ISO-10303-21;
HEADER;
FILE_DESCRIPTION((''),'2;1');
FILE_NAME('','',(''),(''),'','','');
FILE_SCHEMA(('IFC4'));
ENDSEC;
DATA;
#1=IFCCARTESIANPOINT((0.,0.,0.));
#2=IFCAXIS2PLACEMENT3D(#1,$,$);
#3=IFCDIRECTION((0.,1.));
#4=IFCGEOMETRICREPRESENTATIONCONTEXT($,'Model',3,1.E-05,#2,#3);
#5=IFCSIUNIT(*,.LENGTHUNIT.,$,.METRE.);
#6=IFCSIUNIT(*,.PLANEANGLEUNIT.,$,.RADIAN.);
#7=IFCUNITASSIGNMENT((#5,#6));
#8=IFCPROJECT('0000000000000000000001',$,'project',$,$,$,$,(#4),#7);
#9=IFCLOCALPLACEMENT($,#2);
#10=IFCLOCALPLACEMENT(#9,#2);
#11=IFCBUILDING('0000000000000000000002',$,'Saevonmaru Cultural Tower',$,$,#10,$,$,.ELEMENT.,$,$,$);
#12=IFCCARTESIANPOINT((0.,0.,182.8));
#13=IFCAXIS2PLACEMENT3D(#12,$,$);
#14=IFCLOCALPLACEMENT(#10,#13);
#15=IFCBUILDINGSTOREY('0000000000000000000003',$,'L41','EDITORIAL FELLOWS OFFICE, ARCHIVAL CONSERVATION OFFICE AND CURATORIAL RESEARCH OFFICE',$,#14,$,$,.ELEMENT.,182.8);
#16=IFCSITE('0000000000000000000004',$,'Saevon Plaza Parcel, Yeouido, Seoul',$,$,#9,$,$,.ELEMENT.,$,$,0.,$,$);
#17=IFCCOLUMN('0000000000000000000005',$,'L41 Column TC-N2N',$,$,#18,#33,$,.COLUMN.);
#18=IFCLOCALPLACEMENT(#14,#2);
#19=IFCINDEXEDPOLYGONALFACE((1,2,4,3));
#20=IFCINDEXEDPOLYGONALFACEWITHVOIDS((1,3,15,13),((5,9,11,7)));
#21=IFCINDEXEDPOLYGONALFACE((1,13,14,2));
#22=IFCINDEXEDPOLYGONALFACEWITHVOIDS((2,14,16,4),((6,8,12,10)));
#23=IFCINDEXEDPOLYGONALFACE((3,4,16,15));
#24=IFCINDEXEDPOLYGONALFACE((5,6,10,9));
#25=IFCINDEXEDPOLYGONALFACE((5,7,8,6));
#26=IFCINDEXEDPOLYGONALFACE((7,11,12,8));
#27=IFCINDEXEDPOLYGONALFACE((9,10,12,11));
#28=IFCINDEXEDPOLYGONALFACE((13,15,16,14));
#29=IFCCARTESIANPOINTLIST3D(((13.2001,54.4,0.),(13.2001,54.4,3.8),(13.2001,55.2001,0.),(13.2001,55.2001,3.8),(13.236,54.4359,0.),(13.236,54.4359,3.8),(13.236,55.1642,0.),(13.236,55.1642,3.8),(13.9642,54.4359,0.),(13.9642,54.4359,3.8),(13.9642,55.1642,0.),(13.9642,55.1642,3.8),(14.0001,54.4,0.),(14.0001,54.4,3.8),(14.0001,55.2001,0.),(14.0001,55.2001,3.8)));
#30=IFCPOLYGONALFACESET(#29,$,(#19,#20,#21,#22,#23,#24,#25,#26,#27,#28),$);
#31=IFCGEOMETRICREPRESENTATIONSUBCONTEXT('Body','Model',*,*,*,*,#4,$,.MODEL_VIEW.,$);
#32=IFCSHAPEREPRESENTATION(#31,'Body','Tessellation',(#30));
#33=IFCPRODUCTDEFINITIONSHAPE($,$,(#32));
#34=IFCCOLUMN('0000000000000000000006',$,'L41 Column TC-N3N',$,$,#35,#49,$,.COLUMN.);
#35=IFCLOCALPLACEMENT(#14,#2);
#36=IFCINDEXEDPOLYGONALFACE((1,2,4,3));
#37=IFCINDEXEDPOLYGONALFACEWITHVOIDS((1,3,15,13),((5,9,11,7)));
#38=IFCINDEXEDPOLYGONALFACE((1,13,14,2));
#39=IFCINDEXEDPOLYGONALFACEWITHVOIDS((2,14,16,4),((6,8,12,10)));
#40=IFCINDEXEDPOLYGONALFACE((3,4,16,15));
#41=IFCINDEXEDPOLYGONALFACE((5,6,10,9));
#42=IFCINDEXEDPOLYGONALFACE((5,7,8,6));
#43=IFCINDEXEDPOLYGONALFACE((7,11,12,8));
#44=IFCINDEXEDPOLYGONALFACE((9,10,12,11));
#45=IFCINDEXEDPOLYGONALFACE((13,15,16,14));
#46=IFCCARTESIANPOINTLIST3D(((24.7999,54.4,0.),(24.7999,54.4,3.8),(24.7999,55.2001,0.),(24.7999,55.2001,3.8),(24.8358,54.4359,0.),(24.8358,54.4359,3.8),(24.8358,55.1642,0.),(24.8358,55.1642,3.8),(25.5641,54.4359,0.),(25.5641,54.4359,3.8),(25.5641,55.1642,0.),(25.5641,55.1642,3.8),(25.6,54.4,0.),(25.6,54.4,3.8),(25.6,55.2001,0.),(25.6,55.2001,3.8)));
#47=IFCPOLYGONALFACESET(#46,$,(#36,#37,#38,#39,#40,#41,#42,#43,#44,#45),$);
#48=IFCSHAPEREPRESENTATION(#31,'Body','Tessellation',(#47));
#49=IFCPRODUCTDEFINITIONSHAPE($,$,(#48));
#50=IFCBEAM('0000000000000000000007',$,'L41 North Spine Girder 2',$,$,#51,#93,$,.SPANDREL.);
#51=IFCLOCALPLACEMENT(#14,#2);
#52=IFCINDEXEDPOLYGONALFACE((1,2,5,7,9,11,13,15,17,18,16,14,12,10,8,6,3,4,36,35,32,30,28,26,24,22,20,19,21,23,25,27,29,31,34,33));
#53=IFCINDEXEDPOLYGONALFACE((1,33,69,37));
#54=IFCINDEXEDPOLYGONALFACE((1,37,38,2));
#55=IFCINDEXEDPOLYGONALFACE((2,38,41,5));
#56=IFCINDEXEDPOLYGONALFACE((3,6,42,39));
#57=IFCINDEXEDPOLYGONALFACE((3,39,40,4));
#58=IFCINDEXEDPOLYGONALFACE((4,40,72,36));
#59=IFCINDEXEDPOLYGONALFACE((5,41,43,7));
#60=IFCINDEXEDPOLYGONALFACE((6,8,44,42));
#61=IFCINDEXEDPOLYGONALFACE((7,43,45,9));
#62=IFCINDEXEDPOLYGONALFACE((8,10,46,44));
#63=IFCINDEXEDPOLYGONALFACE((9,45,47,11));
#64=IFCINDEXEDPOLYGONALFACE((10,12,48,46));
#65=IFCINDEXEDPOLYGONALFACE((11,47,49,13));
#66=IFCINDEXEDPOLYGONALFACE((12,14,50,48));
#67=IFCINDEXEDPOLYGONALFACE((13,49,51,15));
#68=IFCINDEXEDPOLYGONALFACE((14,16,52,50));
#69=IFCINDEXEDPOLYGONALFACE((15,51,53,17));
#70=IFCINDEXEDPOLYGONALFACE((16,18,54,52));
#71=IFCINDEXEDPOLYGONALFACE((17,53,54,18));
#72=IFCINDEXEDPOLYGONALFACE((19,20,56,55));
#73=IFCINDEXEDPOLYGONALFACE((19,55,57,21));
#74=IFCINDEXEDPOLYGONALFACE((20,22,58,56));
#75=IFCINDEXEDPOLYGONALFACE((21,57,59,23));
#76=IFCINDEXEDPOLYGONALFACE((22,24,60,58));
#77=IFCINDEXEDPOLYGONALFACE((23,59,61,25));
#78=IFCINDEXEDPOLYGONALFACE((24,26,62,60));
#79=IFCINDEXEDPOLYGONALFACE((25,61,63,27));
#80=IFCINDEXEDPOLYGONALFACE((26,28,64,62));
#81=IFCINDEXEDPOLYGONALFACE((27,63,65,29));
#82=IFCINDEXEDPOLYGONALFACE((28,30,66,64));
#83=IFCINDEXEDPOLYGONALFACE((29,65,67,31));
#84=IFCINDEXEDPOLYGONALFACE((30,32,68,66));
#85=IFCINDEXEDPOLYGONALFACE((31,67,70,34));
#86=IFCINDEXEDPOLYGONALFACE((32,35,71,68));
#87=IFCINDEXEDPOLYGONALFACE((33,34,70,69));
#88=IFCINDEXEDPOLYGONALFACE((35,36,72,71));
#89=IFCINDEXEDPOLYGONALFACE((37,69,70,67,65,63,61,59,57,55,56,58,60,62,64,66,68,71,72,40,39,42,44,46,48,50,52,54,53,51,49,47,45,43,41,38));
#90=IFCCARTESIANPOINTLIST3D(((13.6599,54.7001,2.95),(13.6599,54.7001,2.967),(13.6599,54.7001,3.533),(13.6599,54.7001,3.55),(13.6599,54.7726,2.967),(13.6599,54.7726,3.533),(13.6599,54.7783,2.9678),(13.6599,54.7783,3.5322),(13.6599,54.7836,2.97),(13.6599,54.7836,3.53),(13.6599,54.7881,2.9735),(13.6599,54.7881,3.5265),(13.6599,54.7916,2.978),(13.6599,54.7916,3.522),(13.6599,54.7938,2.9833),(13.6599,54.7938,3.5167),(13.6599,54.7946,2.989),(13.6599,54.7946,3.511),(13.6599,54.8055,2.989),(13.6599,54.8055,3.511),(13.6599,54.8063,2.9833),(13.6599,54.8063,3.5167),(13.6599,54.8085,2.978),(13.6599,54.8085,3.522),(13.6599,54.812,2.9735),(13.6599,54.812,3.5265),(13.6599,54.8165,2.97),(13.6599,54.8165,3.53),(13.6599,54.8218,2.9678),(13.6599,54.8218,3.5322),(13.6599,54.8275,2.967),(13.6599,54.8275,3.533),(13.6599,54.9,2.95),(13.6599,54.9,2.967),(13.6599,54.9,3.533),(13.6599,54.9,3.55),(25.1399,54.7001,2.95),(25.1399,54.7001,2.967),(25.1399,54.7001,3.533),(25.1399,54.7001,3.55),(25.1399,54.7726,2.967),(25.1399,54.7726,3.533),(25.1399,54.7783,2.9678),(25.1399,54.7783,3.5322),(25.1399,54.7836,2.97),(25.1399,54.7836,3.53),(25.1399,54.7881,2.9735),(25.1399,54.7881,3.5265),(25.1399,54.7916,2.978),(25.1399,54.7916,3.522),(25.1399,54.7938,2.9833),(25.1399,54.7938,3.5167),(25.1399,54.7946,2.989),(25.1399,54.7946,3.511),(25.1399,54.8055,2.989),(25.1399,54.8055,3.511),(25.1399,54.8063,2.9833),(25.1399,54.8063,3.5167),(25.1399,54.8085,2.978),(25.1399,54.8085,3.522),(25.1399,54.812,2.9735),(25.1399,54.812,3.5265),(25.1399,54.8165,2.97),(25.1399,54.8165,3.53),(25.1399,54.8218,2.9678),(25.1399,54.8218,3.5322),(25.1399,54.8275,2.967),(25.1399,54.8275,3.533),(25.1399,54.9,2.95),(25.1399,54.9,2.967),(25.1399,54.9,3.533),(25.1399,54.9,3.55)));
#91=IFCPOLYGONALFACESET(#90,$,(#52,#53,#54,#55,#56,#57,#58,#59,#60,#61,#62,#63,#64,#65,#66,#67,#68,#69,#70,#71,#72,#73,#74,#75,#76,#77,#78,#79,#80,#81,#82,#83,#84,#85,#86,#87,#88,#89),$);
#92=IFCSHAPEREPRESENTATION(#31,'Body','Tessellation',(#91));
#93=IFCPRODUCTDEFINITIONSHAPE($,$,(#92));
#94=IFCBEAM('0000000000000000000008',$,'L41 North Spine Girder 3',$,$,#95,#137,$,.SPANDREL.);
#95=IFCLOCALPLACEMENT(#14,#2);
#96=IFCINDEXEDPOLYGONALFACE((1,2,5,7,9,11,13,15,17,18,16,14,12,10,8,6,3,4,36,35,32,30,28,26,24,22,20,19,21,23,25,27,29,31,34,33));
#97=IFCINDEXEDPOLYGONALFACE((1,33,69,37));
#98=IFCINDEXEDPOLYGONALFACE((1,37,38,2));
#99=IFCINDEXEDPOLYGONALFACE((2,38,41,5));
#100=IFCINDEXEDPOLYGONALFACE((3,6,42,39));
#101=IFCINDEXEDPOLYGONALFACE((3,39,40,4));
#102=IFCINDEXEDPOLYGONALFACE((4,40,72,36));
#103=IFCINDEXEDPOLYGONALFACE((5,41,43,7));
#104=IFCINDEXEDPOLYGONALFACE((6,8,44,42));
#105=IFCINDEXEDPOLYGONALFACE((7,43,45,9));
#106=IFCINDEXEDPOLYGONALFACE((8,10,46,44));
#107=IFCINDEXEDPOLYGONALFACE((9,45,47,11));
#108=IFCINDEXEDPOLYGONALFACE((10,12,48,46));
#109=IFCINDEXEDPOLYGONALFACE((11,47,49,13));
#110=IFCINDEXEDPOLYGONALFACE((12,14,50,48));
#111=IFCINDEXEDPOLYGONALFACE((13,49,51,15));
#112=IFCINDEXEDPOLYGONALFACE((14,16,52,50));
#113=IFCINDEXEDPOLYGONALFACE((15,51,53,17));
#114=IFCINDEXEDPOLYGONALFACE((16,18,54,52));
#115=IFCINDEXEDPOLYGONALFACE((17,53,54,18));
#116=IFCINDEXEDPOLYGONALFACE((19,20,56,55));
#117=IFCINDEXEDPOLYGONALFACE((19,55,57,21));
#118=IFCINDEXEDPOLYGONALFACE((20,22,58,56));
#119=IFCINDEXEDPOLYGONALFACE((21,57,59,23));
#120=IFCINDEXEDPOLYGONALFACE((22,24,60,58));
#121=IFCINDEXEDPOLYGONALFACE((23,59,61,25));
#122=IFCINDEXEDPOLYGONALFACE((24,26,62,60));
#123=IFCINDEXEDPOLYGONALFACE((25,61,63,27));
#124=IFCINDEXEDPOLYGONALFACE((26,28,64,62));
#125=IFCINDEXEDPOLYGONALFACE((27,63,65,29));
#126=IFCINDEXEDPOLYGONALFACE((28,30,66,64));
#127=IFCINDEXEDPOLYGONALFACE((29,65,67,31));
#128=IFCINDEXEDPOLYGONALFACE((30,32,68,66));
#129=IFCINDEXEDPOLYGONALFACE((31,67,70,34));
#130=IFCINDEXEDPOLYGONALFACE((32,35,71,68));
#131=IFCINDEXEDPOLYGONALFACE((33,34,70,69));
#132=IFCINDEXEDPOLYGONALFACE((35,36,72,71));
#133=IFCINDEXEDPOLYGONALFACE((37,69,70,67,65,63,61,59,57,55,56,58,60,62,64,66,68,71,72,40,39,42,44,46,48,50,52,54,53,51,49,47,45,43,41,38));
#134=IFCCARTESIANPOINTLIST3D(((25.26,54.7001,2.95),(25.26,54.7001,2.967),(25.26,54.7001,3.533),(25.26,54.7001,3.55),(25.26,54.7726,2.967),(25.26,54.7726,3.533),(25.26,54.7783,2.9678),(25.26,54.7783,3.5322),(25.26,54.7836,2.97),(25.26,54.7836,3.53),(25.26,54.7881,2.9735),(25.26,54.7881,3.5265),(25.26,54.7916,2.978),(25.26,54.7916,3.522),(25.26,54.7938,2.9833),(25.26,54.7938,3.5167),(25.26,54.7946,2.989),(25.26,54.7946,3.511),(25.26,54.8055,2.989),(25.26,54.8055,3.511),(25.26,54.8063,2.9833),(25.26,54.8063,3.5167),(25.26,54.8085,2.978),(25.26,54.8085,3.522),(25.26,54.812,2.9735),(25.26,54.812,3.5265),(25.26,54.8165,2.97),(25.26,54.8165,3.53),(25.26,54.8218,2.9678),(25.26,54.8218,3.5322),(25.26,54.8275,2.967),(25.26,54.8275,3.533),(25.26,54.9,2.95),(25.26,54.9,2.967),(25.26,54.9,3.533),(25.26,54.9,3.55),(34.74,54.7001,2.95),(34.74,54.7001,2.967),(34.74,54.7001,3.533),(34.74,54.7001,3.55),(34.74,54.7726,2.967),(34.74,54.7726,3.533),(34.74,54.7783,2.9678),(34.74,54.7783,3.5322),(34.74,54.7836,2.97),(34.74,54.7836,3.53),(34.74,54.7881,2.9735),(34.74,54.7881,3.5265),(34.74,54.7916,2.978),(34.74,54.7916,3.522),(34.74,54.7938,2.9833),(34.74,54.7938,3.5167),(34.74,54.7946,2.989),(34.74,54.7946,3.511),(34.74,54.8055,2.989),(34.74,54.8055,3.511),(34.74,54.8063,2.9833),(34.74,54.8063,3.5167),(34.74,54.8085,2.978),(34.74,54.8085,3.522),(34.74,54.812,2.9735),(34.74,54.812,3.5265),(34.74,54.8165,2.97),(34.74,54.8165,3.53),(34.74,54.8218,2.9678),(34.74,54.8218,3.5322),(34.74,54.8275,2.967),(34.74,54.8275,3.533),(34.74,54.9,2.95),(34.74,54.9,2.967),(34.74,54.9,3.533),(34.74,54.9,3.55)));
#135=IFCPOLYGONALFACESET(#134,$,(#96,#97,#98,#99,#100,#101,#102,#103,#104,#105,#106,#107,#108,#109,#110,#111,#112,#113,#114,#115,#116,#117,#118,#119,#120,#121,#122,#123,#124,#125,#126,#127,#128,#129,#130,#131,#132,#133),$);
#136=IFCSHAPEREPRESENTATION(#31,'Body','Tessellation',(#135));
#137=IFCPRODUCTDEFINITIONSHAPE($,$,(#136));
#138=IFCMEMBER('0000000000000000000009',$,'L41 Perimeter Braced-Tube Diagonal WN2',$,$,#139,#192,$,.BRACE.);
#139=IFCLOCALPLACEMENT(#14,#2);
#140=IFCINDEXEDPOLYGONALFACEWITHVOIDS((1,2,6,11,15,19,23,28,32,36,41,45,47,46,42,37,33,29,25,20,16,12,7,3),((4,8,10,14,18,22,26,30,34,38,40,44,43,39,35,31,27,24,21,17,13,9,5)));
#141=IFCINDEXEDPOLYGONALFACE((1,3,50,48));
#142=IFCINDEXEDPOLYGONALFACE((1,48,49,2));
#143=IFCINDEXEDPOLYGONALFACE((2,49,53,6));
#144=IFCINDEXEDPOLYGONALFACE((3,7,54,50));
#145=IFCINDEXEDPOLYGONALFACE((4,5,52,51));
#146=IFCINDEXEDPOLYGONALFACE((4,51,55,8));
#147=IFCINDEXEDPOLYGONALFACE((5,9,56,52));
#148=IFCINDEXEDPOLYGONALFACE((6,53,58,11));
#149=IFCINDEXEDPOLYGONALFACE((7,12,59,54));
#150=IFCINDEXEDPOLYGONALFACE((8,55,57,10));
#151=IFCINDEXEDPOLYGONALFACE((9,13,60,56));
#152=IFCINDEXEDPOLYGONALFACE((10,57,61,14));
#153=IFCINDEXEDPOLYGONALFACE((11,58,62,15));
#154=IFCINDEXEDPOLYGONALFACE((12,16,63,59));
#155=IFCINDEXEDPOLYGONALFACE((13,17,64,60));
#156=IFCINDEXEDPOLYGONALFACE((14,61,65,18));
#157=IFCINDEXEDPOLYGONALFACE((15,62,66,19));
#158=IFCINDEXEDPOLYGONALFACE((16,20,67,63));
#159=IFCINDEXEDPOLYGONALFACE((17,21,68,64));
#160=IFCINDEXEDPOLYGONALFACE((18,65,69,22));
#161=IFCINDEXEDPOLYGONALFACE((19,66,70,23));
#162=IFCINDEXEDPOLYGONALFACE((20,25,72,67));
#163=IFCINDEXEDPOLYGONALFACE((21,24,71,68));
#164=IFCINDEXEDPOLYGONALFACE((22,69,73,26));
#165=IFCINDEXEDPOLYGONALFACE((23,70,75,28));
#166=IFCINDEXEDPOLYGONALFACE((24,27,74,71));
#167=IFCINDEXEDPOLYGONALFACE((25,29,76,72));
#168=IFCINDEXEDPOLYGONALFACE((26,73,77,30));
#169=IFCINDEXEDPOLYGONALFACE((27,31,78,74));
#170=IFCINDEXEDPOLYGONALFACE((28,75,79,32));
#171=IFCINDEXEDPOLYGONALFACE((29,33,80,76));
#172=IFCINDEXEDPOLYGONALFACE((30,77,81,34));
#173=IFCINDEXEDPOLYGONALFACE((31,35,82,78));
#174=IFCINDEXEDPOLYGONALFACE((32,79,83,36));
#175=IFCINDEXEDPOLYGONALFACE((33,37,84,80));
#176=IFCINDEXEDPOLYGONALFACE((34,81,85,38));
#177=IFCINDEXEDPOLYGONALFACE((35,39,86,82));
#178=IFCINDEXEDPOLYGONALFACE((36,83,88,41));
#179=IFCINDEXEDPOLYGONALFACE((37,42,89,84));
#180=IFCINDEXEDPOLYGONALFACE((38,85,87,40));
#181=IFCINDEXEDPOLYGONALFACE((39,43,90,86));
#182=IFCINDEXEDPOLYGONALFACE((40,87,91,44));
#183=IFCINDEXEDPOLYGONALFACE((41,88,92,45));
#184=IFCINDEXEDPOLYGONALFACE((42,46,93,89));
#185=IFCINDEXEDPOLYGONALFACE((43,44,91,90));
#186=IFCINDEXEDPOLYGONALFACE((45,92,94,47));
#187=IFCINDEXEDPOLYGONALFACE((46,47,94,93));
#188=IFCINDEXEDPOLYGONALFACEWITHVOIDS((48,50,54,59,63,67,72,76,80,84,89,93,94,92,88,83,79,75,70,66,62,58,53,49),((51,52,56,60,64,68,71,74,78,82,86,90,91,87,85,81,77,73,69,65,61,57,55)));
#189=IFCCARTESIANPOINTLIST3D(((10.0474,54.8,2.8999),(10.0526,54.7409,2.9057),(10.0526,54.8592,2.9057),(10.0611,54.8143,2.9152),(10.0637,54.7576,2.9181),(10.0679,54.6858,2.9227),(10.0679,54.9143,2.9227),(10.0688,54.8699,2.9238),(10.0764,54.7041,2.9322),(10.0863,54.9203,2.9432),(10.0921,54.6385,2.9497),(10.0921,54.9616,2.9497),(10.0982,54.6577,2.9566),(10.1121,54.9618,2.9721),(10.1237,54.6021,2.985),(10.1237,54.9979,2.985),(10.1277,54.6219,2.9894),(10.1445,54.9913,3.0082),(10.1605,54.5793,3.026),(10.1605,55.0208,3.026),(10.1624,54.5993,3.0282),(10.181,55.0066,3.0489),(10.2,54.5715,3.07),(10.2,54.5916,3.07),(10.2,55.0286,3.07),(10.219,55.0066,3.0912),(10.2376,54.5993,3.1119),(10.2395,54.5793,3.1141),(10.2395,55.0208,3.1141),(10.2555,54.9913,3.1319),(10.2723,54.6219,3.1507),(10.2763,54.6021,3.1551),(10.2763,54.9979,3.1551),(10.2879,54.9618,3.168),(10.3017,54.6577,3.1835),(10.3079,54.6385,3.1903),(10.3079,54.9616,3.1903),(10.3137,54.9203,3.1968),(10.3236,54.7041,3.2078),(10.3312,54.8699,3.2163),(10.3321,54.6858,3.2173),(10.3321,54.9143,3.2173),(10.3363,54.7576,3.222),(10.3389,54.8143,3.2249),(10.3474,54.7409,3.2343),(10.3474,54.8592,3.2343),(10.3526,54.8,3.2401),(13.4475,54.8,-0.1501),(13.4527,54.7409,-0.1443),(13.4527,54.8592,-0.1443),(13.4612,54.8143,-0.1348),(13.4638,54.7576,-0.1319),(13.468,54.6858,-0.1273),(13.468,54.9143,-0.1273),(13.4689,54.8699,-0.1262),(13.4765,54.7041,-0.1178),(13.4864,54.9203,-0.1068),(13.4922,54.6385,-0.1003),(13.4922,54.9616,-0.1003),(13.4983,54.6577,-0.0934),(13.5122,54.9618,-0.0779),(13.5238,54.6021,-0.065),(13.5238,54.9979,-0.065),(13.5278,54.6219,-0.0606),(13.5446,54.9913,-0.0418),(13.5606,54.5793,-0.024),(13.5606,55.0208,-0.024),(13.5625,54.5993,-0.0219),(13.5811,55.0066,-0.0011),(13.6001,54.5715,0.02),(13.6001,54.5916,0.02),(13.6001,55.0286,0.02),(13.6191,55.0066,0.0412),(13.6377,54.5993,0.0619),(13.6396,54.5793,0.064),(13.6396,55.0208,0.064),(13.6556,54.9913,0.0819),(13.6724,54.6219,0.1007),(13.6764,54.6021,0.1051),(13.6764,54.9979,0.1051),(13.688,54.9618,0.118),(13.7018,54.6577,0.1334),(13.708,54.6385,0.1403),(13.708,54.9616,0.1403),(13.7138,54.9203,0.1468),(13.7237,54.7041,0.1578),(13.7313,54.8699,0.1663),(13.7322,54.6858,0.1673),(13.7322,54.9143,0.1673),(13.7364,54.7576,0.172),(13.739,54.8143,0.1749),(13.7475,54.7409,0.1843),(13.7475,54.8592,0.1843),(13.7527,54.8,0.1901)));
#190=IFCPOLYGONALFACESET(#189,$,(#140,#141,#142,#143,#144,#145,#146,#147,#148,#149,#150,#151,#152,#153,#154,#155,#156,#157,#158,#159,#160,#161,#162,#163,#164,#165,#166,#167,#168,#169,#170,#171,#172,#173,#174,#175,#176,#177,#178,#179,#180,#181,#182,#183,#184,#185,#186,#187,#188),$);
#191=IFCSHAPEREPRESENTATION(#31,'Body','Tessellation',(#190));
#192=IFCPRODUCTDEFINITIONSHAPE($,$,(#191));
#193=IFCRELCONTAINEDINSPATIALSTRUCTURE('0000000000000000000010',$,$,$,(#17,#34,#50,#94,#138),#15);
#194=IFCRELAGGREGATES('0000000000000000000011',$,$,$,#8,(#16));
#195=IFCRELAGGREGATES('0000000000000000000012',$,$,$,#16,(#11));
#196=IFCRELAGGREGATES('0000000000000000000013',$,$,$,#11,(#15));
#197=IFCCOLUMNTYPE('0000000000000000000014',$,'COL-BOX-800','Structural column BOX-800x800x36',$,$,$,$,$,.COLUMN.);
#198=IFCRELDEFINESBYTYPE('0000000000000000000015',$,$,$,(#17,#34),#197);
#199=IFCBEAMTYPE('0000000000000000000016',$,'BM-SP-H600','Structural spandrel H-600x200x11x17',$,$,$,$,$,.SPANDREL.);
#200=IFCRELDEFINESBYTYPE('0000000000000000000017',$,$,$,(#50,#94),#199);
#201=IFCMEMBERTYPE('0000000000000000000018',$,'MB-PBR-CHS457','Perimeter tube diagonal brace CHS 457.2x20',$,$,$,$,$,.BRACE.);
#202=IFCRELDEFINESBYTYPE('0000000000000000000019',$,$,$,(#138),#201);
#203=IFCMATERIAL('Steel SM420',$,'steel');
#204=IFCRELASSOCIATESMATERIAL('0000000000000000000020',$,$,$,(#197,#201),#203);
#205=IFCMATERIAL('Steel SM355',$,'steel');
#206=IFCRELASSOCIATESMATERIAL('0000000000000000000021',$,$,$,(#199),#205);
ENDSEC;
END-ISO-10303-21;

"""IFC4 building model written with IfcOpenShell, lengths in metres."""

from ifc_helpers import new_model, si_unit, direction, frame, origin, origin_2d, place, context, subcontext, project, spatial, hollow_rectangle, hollow_circle, i_section, extrude, material, material_profile, profile_set, type_object, element, save


model = new_model("IFC4")

# Units and contexts
model_context = context("Model", 3, precision=1e-05, world=origin(), true_north=direction((0.0, 1.0)))
body_context = subcontext(model_context, "Body", "Model", "MODEL_VIEW")
ifc_project = project(units=[si_unit("LENGTHUNIT", "METRE"), si_unit("PLANEANGLEUNIT", "RADIAN")], contexts=[model_context])

# Site, building, storey
site_placement = place(None, origin())
site = spatial("IfcSite", under=ifc_project, at=site_placement, Name="Saevon Plaza Parcel, Yeouido, Seoul", CompositionType="ELEMENT", RefElevation=0.0)
building_placement = place(site_placement, origin())
building = spatial("IfcBuilding", under=site, at=building_placement, Name="Saevonmaru Cultural Tower", CompositionType="ELEMENT")
storey_placement = place(building_placement, frame((0.0, 0.0, 182.8)))
storey = spatial("IfcBuildingStorey", under=building, at=storey_placement, Name="L41", Description="EDITORIAL FELLOWS OFFICE, ARCHIVAL CONSERVATION OFFICE AND CURATORIAL RESEARCH OFFICE", CompositionType="ELEMENT", Elevation=182.8)

# Columns
ifc_material_1 = material(Name="Steel SM420", Category="steel")
ifc_material_profile_1 = material_profile(ifc_material_1, hollow_rectangle(XDim=0.8, YDim=0.8, WallThickness=0.0359, at=origin_2d()), Name="BOX-800x800x36")
ifc_profile_set_1 = profile_set([ifc_material_profile_1], Name="Steel SM420")
column_type = type_object("IfcColumnType", Name="COL-BOX-800", Description="Structural column BOX-800x800x36", PredefinedType="COLUMN", material=ifc_profile_set_1)
for number, where, z_axis, x_axis, name in (
    (1, (13.6001, 54.8, 0.0), (0.0, 0.0, 1.0), (1.0, 0.0, 0.0), "L41 Column TC-N2N"),
    (2, (25.2, 54.8, 0.0), (0.0, 0.0, 1.0), (1.0, 0.0, 0.0), "L41 Column TC-N3N"),
):
    element("IfcColumn", number, at=place(storey_placement, frame(where, z_axis=z_axis, x_axis=x_axis)), inside=storey, type_object=column_type, Name=name, PredefinedType="COLUMN", context=body_context, shape_type="SweptSolid", body=[
        extrude(hollow_rectangle(XDim=0.8, YDim=0.8, WallThickness=0.0359, at=origin_2d()), origin(), (0.0, 0.0, 1.0), 3.8),
    ])

# Beams
ifc_material_2 = material(Name="Steel SM355", Category="steel")
ifc_material_profile_2 = material_profile(ifc_material_2, i_section(OverallWidth=0.2, OverallDepth=0.6001, WebThickness=0.011, FlangeThickness=0.0171, FilletRadius=0.022, at=origin_2d()), Name="H-600x200x11x17")
ifc_profile_set_2 = profile_set([ifc_material_profile_2], Name="Steel SM355")
beam_type = type_object("IfcBeamType", Name="BM-SP-H600", Description="Structural spandrel H-600x200x11x17", PredefinedType="SPANDREL", material=ifc_profile_set_2)
beam_1_placement = place(storey_placement, frame((13.6599, 54.8, 3.25), z_axis=(1.0, 0.0, 0.0), x_axis=(0.0, 1.0, 0.0)))
element("IfcBeam", 3, at=beam_1_placement, inside=storey, type_object=beam_type, Name="L41 North Spine Girder 2", PredefinedType="SPANDREL", context=body_context, shape_type="SweptSolid", body=[
    extrude(i_section(OverallWidth=0.2, OverallDepth=0.6001, WebThickness=0.011, FlangeThickness=0.0171, FilletRadius=0.022, at=origin_2d()), origin(), (0.0, 0.0, 1.0), 11.48),
])
beam_2_placement = place(storey_placement, frame((25.26, 54.8, 3.25), z_axis=(1.0, 0.0, 0.0), x_axis=(0.0, 1.0, 0.0)))
element("IfcBeam", 4, at=beam_2_placement, inside=storey, type_object=beam_type, Name="L41 North Spine Girder 3", PredefinedType="SPANDREL", context=body_context, shape_type="SweptSolid", body=[
    extrude(i_section(OverallWidth=0.2, OverallDepth=0.6001, WebThickness=0.011, FlangeThickness=0.0171, FilletRadius=0.022, at=origin_2d()), origin(), (0.0, 0.0, 1.0), 9.48),
])

# Member
ifc_material_profile_3 = material_profile(ifc_material_1, hollow_circle(Radius=0.2285, WallThickness=0.02, at=origin_2d()), Name="CHS-457.2x20")
ifc_profile_set_3 = profile_set([ifc_material_profile_3], Name="Steel SM420")
member_type_1 = type_object("IfcMemberType", Name="MB-PBR-CHS457", Description="Perimeter tube diagonal brace CHS 457.2x20", PredefinedType="BRACE", material=ifc_profile_set_3)
member_1_placement = place(storey_placement, frame((13.6001, 54.8, 0.02), z_axis=(-0.744391, 0.0, 0.667744), x_axis=(0.0, -1.0, 0.0)))
element("IfcMember", 5, at=member_1_placement, inside=storey, type_object=member_type_1, Name="L41 Perimeter Braced-Tube Diagonal WN2", PredefinedType="BRACE", context=body_context, shape_type="SweptSolid", body=[
    extrude(hollow_circle(Radius=0.2285, WallThickness=0.02, at=origin_2d()), origin(), (0.0, 0.0, 1.0), 4.5676),
])

save(model, "model.ifc")
